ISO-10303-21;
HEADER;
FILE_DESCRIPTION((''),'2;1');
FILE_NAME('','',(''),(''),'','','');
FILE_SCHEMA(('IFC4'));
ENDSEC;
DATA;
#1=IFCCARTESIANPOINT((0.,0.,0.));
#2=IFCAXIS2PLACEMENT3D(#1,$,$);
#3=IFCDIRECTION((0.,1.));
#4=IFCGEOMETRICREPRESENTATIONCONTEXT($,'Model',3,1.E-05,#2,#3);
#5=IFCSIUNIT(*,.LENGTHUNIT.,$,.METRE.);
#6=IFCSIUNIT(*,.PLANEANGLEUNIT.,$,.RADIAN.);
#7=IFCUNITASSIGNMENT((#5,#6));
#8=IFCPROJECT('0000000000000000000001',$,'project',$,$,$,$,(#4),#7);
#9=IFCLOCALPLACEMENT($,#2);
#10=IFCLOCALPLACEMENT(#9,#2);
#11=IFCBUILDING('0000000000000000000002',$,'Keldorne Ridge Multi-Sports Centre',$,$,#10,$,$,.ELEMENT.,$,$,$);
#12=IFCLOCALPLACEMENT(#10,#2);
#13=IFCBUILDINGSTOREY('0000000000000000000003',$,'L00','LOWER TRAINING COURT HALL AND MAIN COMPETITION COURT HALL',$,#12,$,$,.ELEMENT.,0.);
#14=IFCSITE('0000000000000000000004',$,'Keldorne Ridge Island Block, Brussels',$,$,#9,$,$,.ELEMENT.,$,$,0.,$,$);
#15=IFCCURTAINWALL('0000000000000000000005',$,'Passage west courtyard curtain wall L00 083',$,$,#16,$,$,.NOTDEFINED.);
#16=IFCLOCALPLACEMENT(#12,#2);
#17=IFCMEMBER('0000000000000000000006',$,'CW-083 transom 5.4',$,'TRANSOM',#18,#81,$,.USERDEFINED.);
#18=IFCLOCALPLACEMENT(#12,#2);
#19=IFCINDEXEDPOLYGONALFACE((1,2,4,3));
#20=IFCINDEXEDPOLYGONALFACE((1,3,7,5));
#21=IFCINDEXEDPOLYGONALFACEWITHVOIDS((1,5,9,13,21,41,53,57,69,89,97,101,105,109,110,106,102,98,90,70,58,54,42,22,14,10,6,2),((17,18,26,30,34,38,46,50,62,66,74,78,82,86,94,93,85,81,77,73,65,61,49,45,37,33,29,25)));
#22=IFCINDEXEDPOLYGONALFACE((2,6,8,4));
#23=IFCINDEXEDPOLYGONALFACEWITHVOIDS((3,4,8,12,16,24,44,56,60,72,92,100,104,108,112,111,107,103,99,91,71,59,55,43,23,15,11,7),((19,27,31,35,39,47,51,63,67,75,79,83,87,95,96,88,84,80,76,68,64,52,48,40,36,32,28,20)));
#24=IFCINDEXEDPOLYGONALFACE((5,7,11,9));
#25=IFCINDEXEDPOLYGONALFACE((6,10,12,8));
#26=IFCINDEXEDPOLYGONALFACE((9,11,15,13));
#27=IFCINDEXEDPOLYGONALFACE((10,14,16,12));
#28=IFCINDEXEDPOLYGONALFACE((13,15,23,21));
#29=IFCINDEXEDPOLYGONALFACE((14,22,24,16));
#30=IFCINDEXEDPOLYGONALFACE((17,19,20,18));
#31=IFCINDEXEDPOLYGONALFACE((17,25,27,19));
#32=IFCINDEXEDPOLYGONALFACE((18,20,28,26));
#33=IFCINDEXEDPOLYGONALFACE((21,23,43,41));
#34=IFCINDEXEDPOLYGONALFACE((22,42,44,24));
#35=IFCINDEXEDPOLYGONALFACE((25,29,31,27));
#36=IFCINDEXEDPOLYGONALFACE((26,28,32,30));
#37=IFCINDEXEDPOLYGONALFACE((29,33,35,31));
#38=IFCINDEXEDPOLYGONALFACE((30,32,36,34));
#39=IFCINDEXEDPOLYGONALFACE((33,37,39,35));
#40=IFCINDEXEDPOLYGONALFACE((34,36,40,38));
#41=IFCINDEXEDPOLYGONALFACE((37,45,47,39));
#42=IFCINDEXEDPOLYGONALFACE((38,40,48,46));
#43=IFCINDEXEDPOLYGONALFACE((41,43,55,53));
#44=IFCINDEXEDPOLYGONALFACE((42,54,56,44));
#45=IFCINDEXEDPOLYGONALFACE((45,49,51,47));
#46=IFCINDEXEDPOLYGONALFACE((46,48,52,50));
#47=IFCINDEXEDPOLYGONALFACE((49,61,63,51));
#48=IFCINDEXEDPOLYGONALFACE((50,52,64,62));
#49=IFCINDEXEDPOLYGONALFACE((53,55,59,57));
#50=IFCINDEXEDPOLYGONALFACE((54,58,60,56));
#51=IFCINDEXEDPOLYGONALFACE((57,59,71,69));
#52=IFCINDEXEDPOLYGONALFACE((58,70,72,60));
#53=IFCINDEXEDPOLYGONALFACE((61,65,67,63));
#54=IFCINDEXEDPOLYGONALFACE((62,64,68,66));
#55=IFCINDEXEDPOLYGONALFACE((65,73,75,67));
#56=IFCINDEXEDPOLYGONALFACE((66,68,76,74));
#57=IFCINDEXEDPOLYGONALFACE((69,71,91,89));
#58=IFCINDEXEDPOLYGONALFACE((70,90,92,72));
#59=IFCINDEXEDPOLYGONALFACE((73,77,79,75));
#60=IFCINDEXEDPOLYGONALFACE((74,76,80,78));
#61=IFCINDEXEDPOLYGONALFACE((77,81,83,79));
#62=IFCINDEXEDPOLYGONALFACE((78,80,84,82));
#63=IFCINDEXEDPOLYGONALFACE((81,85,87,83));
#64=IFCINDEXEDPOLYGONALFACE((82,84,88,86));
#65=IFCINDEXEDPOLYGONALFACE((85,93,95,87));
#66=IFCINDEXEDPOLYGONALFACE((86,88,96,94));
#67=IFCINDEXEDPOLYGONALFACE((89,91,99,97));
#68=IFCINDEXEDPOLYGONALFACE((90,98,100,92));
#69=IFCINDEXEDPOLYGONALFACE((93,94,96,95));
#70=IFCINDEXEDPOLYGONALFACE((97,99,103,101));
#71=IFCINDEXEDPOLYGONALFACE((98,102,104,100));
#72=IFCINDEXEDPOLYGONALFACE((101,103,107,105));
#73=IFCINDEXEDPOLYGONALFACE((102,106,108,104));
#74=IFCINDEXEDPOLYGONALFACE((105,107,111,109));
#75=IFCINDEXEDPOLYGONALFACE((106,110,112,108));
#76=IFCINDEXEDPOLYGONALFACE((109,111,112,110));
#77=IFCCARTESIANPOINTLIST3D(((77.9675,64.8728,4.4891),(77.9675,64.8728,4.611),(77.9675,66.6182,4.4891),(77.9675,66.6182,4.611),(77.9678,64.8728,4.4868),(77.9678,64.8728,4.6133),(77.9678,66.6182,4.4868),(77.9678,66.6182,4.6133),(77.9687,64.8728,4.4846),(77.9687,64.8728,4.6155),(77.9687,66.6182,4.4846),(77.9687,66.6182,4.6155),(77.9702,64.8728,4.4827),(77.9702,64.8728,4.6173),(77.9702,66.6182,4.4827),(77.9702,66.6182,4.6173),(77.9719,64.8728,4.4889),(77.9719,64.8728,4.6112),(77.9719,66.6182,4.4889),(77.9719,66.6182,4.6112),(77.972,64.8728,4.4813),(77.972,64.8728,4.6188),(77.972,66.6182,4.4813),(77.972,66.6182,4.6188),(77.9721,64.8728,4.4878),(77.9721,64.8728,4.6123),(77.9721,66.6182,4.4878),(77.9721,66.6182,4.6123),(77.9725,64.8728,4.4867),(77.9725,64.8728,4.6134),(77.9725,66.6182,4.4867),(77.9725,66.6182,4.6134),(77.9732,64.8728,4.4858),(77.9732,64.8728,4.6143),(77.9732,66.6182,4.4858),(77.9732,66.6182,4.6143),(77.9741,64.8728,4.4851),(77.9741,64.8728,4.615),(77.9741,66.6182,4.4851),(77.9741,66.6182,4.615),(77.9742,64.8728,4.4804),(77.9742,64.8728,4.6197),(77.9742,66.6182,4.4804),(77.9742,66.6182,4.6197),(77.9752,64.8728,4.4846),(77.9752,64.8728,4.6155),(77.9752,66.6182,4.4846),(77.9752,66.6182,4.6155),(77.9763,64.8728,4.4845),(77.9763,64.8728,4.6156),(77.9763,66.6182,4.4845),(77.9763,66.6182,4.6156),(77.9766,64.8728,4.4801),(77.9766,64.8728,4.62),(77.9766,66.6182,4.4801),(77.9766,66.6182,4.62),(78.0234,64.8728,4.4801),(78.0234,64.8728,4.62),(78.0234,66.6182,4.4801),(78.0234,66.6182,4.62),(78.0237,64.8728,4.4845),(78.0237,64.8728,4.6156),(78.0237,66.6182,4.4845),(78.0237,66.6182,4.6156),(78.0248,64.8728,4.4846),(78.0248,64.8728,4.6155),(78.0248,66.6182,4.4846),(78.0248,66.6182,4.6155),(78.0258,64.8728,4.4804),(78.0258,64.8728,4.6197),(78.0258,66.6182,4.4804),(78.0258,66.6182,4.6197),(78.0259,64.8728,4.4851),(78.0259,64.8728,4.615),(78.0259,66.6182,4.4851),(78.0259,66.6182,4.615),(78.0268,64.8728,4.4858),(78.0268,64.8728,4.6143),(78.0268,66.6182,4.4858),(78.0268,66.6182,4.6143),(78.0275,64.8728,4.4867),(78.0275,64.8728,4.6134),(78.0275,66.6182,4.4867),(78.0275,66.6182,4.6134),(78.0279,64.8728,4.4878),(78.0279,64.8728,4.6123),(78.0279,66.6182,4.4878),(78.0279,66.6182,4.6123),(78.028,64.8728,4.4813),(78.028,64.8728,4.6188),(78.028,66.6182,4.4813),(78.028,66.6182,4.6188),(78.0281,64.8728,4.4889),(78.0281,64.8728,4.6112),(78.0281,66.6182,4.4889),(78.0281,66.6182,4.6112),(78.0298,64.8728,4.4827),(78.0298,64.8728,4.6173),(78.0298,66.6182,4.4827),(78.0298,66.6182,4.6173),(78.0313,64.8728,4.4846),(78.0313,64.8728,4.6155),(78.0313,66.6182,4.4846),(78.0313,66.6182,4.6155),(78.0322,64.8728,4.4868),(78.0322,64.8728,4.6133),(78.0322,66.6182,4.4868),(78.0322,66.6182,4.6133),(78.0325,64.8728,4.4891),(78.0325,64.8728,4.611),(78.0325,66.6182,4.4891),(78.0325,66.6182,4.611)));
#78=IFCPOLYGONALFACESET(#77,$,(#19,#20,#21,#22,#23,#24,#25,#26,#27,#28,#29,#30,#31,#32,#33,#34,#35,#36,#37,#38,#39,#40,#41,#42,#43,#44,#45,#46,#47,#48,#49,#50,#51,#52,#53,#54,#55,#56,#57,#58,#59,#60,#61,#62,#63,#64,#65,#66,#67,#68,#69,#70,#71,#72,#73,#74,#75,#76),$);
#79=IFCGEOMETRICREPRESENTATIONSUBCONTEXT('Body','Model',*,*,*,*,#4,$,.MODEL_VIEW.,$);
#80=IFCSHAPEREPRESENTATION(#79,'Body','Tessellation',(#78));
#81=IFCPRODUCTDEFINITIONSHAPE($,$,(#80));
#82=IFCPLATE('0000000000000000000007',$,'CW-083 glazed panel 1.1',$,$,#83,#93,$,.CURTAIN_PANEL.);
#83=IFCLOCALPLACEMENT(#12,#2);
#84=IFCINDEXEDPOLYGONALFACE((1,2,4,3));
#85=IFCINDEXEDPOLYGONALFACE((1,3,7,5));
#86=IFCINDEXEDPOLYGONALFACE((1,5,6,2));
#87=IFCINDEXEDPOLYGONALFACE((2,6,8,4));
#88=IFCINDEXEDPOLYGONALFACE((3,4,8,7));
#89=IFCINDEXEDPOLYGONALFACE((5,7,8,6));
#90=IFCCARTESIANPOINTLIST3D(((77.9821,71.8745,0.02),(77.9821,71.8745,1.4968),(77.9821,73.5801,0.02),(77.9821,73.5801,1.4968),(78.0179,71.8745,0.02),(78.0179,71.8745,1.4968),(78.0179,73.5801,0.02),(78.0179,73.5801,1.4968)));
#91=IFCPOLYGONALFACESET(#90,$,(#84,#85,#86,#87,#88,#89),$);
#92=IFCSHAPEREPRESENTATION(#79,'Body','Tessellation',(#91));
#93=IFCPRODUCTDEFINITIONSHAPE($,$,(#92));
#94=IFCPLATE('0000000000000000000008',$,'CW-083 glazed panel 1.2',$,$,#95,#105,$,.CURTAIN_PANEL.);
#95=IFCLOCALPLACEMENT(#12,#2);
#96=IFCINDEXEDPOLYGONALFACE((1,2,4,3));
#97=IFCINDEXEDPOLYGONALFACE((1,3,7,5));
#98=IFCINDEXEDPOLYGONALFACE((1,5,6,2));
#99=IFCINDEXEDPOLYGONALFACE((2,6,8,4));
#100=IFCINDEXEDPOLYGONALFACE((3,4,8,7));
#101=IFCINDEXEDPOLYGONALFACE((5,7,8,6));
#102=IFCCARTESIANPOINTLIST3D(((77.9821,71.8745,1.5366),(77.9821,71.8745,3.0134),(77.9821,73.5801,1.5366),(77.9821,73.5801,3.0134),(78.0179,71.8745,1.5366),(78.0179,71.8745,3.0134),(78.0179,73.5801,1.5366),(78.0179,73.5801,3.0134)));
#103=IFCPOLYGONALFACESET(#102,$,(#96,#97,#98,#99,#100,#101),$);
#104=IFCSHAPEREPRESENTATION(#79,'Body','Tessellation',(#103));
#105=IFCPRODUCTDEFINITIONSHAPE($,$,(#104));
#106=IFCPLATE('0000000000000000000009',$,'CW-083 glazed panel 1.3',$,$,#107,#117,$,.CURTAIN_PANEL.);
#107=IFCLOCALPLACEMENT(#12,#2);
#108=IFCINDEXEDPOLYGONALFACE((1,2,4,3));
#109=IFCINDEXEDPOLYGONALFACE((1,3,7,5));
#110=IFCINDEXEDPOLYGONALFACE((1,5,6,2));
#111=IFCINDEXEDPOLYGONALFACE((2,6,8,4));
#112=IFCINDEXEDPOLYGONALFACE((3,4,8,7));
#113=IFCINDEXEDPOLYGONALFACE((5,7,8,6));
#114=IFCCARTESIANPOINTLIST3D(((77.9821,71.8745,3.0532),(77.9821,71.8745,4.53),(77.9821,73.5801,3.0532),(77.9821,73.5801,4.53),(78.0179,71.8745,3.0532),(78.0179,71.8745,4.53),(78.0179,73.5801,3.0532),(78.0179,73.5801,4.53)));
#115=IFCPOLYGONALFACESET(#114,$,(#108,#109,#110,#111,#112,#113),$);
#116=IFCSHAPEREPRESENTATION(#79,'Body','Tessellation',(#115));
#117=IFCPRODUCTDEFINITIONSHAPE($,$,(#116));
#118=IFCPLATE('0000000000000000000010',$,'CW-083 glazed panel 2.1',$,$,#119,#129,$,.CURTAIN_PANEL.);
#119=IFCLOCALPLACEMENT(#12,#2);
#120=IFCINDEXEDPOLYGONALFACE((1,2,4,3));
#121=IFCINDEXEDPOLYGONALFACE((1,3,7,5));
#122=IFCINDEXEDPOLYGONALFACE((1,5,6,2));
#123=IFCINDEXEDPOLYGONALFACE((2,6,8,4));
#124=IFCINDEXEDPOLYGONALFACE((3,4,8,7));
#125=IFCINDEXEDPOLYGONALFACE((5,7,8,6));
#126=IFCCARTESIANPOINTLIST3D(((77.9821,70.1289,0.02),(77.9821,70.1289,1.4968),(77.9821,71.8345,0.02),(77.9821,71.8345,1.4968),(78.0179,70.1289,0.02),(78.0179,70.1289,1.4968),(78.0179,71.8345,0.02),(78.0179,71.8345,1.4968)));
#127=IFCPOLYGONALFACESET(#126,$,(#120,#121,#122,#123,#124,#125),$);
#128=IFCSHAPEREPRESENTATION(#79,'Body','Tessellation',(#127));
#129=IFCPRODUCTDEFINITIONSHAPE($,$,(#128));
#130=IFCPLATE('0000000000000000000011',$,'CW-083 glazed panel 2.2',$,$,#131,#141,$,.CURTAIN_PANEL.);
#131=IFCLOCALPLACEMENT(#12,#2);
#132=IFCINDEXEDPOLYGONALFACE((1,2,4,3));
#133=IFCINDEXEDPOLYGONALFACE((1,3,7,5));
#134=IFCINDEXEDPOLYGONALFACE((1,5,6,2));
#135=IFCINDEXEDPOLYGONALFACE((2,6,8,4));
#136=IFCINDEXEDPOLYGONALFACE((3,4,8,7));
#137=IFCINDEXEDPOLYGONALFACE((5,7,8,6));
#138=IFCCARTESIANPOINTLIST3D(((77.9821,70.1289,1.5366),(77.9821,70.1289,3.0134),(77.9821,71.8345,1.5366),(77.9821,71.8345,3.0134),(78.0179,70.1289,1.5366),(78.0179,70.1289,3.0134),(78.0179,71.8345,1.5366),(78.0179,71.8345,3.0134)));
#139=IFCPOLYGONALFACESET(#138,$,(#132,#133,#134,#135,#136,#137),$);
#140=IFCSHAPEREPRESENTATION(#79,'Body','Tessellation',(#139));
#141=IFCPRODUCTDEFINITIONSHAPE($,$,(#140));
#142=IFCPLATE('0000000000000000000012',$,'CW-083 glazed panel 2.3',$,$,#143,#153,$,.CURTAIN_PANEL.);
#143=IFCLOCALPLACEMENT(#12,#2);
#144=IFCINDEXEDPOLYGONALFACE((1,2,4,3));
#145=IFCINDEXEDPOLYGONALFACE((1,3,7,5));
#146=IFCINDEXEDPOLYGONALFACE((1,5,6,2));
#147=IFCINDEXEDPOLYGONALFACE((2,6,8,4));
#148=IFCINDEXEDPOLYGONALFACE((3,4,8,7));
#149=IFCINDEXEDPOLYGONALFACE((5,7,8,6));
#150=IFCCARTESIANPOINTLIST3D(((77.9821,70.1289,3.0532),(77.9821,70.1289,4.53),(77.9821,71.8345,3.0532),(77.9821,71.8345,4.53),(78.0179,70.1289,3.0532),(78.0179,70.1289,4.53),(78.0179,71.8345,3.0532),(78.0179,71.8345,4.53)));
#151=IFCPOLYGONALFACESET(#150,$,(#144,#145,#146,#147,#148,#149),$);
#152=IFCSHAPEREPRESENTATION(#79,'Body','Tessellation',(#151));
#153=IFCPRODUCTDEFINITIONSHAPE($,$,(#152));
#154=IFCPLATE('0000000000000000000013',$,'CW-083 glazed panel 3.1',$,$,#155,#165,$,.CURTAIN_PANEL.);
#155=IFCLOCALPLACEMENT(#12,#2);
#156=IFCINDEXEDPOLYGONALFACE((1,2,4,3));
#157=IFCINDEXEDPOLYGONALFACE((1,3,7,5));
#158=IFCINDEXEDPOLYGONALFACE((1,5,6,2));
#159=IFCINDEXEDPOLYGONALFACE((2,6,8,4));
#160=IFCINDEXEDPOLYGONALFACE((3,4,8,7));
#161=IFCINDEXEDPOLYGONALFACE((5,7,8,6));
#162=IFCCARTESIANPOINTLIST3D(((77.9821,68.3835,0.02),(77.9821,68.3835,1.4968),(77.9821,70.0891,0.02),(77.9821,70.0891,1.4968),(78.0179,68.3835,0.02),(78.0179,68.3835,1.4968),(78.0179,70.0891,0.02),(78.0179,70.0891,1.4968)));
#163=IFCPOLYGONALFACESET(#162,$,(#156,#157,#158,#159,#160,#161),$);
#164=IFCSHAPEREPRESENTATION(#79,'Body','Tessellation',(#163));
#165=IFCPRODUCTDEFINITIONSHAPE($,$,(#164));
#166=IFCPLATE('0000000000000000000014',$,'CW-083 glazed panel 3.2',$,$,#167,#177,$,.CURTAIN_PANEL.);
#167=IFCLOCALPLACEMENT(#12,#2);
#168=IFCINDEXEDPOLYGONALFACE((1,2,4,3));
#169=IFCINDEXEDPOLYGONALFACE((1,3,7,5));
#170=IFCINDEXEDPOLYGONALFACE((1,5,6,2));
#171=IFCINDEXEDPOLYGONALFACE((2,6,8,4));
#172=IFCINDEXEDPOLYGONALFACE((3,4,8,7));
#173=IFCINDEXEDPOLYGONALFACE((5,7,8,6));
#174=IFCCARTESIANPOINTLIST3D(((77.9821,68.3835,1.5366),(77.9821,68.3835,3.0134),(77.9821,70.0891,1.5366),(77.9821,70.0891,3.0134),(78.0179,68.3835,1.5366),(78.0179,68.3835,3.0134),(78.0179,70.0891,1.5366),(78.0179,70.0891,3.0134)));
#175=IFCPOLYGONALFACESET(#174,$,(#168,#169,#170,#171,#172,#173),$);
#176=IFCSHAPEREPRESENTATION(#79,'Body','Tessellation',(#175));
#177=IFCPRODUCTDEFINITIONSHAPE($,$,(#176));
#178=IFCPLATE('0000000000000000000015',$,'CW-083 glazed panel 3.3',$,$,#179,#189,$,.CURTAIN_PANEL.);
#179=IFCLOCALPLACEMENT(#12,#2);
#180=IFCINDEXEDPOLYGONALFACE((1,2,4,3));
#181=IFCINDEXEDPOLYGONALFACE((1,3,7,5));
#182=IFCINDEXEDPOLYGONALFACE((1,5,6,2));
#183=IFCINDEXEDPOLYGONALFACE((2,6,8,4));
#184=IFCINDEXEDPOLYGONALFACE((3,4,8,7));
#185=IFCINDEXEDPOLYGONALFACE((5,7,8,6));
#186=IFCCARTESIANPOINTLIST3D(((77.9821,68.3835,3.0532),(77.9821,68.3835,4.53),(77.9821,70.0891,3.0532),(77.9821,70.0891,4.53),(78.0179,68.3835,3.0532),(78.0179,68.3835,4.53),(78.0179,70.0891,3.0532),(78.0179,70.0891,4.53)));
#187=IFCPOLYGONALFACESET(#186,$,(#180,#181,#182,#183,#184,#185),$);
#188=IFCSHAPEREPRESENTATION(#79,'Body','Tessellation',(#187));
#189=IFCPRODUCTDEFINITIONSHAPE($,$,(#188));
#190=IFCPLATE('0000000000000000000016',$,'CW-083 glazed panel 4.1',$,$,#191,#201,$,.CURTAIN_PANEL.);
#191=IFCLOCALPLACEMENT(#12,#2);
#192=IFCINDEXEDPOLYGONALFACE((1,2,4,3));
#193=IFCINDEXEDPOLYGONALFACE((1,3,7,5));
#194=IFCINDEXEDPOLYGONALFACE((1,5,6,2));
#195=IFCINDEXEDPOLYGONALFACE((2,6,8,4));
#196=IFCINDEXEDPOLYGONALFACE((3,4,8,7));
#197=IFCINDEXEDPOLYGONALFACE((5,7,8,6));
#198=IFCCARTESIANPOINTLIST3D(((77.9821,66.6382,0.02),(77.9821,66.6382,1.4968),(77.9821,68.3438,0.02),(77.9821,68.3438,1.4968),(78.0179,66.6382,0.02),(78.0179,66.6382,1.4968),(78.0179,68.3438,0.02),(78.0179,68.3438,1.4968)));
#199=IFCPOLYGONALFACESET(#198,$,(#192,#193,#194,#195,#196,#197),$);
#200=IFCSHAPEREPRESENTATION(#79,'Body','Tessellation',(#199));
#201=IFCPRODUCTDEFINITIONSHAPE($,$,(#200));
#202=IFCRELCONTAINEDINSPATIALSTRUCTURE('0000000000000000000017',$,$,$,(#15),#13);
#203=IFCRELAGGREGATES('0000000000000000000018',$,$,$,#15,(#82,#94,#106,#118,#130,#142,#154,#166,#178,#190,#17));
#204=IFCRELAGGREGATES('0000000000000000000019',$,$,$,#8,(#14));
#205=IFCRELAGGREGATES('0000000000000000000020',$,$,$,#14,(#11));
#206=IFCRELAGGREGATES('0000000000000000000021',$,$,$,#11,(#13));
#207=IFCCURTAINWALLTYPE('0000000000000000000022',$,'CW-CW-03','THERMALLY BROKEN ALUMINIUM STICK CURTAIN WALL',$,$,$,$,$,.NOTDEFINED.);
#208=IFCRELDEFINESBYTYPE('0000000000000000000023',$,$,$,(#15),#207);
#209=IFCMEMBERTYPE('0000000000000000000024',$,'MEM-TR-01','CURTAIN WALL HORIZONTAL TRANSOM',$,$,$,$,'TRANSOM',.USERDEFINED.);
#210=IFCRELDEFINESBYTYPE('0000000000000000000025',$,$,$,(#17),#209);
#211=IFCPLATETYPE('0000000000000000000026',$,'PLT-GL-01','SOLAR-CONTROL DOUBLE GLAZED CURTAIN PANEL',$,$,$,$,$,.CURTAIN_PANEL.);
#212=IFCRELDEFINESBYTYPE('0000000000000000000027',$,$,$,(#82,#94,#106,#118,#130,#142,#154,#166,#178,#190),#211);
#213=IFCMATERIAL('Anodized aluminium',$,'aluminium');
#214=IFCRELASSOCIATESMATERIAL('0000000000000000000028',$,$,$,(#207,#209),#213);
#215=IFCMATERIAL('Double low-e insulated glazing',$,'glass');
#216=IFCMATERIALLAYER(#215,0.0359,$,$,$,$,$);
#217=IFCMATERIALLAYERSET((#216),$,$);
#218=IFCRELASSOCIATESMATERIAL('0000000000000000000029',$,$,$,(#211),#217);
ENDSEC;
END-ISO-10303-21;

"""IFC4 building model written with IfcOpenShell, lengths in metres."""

from ifc_helpers import new_model, si_unit, direction, frame, origin, origin_2d, place, context, subcontext, project, spatial, rectangle, hollow_rectangle, extrude, material, layer, layer_set, material_profile, profile_set, type_object, element, aggregate, save


model = new_model("IFC4")

# Units and contexts
model_context = context("Model", 3, precision=1e-05, world=origin(), true_north=direction((0.0, 1.0)))
body_context = subcontext(model_context, "Body", "Model", "MODEL_VIEW")
ifc_project = project(units=[si_unit("LENGTHUNIT", "METRE"), si_unit("PLANEANGLEUNIT", "RADIAN")], contexts=[model_context])

# Site, building, storey
site_placement = place(None, origin())
site = spatial("IfcSite", under=ifc_project, at=site_placement, Name="Keldorne Ridge Island Block, Brussels", CompositionType="ELEMENT", RefElevation=0.0)
building_placement = place(site_placement, origin())
building = spatial("IfcBuilding", under=site, at=building_placement, Name="Keldorne Ridge Multi-Sports Centre", CompositionType="ELEMENT")
storey_placement = place(building_placement, origin())
storey = spatial("IfcBuildingStorey", under=building, at=storey_placement, Name="L00", Description="LOWER TRAINING COURT HALL AND MAIN COMPETITION COURT HALL", CompositionType="ELEMENT", Elevation=0.0)

# Curtain wall, member, plates
ifc_material_1 = material(Name="Anodized aluminium", Category="aluminium")
curtain_wall_type = type_object("IfcCurtainWallType", Name="CW-CW-03", Description="THERMALLY BROKEN ALUMINIUM STICK CURTAIN WALL", PredefinedType="NOTDEFINED", material=ifc_material_1)
curtain_wall_placement = place(storey_placement, origin())
curtain_wall = element("IfcCurtainWall", 1, at=curtain_wall_placement, inside=storey, type_object=curtain_wall_type, Name="Passage west courtyard curtain wall L00 083", PredefinedType="NOTDEFINED")
ifc_material_profile_1 = material_profile(ifc_material_1, hollow_rectangle(XDim=0.0649, YDim=0.1399, WallThickness=0.0044, InnerFilletRadius=0.0044, OuterFilletRadius=0.009, at=origin_2d()), Name="ALU TRANSOM 140x65x4.5")
ifc_profile_set_1 = profile_set([ifc_material_profile_1], Name="Anodized aluminium")
member_type_1 = type_object("IfcMemberType", Name="MEM-TR-01", Description="CURTAIN WALL HORIZONTAL TRANSOM", ElementType="TRANSOM", PredefinedType="USERDEFINED", material=ifc_profile_set_1)
member_1_placement = place(storey_placement, frame((78.0, 66.6182, 4.55), z_axis=(0.0, -1.0, 0.0), x_axis=(1.0, 0.0, 0.0)))
member_1 = element("IfcMember", 2, at=member_1_placement, type_object=member_type_1, Name="CW-083 transom 5.4", ObjectType="TRANSOM", PredefinedType="USERDEFINED", context=body_context, shape_type="SweptSolid", body=[
    extrude(hollow_rectangle(XDim=0.0649, YDim=0.1399, WallThickness=0.0044, InnerFilletRadius=0.0044, OuterFilletRadius=0.009, at=origin_2d()), origin(), (0.0, 0.0, 1.0), 1.7454),
])
ifc_material_2 = material(Name="Double low-e insulated glazing", Category="glass")
ifc_layer = layer(ifc_material_2, 0.0359)
ifc_layer_set = layer_set([ifc_layer])
plate_type = type_object("IfcPlateType", Name="PLT-GL-01", Description="SOLAR-CONTROL DOUBLE GLAZED CURTAIN PANEL", PredefinedType="CURTAIN_PANEL", material=ifc_layer_set)
plate_1_placement = place(storey_placement, frame((78.0, 72.7273, 0.02), z_axis=(0.0, 0.0, 1.0), x_axis=(0.0, -1.0, 0.0)))
plate_1 = element("IfcPlate", 3, at=plate_1_placement, type_object=plate_type, Name="CW-083 glazed panel 1.1", PredefinedType="CURTAIN_PANEL", context=body_context, shape_type="SweptSolid", body=[
    extrude(rectangle(XDim=1.7056, YDim=0.0359, at=origin_2d()), origin(), (0.0, 0.0, 1.0), 1.4768),
])
plate_2_placement = place(storey_placement, frame((78.0, 72.7273, 1.5366), z_axis=(0.0, 0.0, 1.0), x_axis=(0.0, -1.0, 0.0)))
plate_2 = element("IfcPlate", 4, at=plate_2_placement, type_object=plate_type, Name="CW-083 glazed panel 1.2", PredefinedType="CURTAIN_PANEL", context=body_context, shape_type="SweptSolid", body=[
    extrude(rectangle(XDim=1.7056, YDim=0.0359, at=origin_2d()), origin(), (0.0, 0.0, 1.0), 1.4768),
])
plate_3_placement = place(storey_placement, frame((78.0, 72.7273, 3.0532), z_axis=(0.0, 0.0, 1.0), x_axis=(0.0, -1.0, 0.0)))
plate_3 = element("IfcPlate", 5, at=plate_3_placement, type_object=plate_type, Name="CW-083 glazed panel 1.3", PredefinedType="CURTAIN_PANEL", context=body_context, shape_type="SweptSolid", body=[
    extrude(rectangle(XDim=1.7056, YDim=0.0359, at=origin_2d()), origin(), (0.0, 0.0, 1.0), 1.4768),
])
plate_4_placement = place(storey_placement, frame((78.0, 70.9817, 0.02), z_axis=(0.0, 0.0, 1.0), x_axis=(0.0, -1.0, 0.0)))
plate_4 = element("IfcPlate", 6, at=plate_4_placement, type_object=plate_type, Name="CW-083 glazed panel 2.1", PredefinedType="CURTAIN_PANEL", context=body_context, shape_type="SweptSolid", body=[
    extrude(rectangle(XDim=1.7056, YDim=0.0359, at=origin_2d()), origin(), (0.0, 0.0, 1.0), 1.4768),
])
plate_5_placement = place(storey_placement, frame((78.0, 70.9817, 1.5366), z_axis=(0.0, 0.0, 1.0), x_axis=(0.0, -1.0, 0.0)))
plate_5 = element("IfcPlate", 7, at=plate_5_placement, type_object=plate_type, Name="CW-083 glazed panel 2.2", PredefinedType="CURTAIN_PANEL", context=body_context, shape_type="SweptSolid", body=[
    extrude(rectangle(XDim=1.7056, YDim=0.0359, at=origin_2d()), origin(), (0.0, 0.0, 1.0), 1.4768),
])
plate_6_placement = place(storey_placement, frame((78.0, 70.9817, 3.0532), z_axis=(0.0, 0.0, 1.0), x_axis=(0.0, -1.0, 0.0)))
plate_6 = element("IfcPlate", 8, at=plate_6_placement, type_object=plate_type, Name="CW-083 glazed panel 2.3", PredefinedType="CURTAIN_PANEL", context=body_context, shape_type="SweptSolid", body=[
    extrude(rectangle(XDim=1.7056, YDim=0.0359, at=origin_2d()), origin(), (0.0, 0.0, 1.0), 1.4768),
])
plate_7_placement = place(storey_placement, frame((78.0, 69.2363, 0.02), z_axis=(0.0, 0.0, 1.0), x_axis=(0.0, -1.0, 0.0)))
plate_7 = element("IfcPlate", 9, at=plate_7_placement, type_object=plate_type, Name="CW-083 glazed panel 3.1", PredefinedType="CURTAIN_PANEL", context=body_context, shape_type="SweptSolid", body=[
    extrude(rectangle(XDim=1.7056, YDim=0.0359, at=origin_2d()), origin(), (0.0, 0.0, 1.0), 1.4768),
])
plate_8_placement = place(storey_placement, frame((78.0, 69.2363, 1.5366), z_axis=(0.0, 0.0, 1.0), x_axis=(0.0, -1.0, 0.0)))
plate_8 = element("IfcPlate", 10, at=plate_8_placement, type_object=plate_type, Name="CW-083 glazed panel 3.2", PredefinedType="CURTAIN_PANEL", context=body_context, shape_type="SweptSolid", body=[
    extrude(rectangle(XDim=1.7056, YDim=0.0359, at=origin_2d()), origin(), (0.0, 0.0, 1.0), 1.4768),
])
plate_9_placement = place(storey_placement, frame((78.0, 69.2363, 3.0532), z_axis=(0.0, 0.0, 1.0), x_axis=(0.0, -1.0, 0.0)))
plate_9 = element("IfcPlate", 11, at=plate_9_placement, type_object=plate_type, Name="CW-083 glazed panel 3.3", PredefinedType="CURTAIN_PANEL", context=body_context, shape_type="SweptSolid", body=[
    extrude(rectangle(XDim=1.7056, YDim=0.0359, at=origin_2d()), origin(), (0.0, 0.0, 1.0), 1.4768),
])
plate_10_placement = place(storey_placement, frame((78.0, 67.491, 0.02), z_axis=(0.0, 0.0, 1.0), x_axis=(0.0, -1.0, 0.0)))
plate_10 = element("IfcPlate", 12, at=plate_10_placement, type_object=plate_type, Name="CW-083 glazed panel 4.1", PredefinedType="CURTAIN_PANEL", context=body_context, shape_type="SweptSolid", body=[
    extrude(rectangle(XDim=1.7056, YDim=0.0359, at=origin_2d()), origin(), (0.0, 0.0, 1.0), 1.4768),
])
aggregate(curtain_wall, [plate_1, plate_2, plate_3, plate_4, plate_5, plate_6, plate_7, plate_8, plate_9, plate_10, member_1])

save(model, "model.ifc")
